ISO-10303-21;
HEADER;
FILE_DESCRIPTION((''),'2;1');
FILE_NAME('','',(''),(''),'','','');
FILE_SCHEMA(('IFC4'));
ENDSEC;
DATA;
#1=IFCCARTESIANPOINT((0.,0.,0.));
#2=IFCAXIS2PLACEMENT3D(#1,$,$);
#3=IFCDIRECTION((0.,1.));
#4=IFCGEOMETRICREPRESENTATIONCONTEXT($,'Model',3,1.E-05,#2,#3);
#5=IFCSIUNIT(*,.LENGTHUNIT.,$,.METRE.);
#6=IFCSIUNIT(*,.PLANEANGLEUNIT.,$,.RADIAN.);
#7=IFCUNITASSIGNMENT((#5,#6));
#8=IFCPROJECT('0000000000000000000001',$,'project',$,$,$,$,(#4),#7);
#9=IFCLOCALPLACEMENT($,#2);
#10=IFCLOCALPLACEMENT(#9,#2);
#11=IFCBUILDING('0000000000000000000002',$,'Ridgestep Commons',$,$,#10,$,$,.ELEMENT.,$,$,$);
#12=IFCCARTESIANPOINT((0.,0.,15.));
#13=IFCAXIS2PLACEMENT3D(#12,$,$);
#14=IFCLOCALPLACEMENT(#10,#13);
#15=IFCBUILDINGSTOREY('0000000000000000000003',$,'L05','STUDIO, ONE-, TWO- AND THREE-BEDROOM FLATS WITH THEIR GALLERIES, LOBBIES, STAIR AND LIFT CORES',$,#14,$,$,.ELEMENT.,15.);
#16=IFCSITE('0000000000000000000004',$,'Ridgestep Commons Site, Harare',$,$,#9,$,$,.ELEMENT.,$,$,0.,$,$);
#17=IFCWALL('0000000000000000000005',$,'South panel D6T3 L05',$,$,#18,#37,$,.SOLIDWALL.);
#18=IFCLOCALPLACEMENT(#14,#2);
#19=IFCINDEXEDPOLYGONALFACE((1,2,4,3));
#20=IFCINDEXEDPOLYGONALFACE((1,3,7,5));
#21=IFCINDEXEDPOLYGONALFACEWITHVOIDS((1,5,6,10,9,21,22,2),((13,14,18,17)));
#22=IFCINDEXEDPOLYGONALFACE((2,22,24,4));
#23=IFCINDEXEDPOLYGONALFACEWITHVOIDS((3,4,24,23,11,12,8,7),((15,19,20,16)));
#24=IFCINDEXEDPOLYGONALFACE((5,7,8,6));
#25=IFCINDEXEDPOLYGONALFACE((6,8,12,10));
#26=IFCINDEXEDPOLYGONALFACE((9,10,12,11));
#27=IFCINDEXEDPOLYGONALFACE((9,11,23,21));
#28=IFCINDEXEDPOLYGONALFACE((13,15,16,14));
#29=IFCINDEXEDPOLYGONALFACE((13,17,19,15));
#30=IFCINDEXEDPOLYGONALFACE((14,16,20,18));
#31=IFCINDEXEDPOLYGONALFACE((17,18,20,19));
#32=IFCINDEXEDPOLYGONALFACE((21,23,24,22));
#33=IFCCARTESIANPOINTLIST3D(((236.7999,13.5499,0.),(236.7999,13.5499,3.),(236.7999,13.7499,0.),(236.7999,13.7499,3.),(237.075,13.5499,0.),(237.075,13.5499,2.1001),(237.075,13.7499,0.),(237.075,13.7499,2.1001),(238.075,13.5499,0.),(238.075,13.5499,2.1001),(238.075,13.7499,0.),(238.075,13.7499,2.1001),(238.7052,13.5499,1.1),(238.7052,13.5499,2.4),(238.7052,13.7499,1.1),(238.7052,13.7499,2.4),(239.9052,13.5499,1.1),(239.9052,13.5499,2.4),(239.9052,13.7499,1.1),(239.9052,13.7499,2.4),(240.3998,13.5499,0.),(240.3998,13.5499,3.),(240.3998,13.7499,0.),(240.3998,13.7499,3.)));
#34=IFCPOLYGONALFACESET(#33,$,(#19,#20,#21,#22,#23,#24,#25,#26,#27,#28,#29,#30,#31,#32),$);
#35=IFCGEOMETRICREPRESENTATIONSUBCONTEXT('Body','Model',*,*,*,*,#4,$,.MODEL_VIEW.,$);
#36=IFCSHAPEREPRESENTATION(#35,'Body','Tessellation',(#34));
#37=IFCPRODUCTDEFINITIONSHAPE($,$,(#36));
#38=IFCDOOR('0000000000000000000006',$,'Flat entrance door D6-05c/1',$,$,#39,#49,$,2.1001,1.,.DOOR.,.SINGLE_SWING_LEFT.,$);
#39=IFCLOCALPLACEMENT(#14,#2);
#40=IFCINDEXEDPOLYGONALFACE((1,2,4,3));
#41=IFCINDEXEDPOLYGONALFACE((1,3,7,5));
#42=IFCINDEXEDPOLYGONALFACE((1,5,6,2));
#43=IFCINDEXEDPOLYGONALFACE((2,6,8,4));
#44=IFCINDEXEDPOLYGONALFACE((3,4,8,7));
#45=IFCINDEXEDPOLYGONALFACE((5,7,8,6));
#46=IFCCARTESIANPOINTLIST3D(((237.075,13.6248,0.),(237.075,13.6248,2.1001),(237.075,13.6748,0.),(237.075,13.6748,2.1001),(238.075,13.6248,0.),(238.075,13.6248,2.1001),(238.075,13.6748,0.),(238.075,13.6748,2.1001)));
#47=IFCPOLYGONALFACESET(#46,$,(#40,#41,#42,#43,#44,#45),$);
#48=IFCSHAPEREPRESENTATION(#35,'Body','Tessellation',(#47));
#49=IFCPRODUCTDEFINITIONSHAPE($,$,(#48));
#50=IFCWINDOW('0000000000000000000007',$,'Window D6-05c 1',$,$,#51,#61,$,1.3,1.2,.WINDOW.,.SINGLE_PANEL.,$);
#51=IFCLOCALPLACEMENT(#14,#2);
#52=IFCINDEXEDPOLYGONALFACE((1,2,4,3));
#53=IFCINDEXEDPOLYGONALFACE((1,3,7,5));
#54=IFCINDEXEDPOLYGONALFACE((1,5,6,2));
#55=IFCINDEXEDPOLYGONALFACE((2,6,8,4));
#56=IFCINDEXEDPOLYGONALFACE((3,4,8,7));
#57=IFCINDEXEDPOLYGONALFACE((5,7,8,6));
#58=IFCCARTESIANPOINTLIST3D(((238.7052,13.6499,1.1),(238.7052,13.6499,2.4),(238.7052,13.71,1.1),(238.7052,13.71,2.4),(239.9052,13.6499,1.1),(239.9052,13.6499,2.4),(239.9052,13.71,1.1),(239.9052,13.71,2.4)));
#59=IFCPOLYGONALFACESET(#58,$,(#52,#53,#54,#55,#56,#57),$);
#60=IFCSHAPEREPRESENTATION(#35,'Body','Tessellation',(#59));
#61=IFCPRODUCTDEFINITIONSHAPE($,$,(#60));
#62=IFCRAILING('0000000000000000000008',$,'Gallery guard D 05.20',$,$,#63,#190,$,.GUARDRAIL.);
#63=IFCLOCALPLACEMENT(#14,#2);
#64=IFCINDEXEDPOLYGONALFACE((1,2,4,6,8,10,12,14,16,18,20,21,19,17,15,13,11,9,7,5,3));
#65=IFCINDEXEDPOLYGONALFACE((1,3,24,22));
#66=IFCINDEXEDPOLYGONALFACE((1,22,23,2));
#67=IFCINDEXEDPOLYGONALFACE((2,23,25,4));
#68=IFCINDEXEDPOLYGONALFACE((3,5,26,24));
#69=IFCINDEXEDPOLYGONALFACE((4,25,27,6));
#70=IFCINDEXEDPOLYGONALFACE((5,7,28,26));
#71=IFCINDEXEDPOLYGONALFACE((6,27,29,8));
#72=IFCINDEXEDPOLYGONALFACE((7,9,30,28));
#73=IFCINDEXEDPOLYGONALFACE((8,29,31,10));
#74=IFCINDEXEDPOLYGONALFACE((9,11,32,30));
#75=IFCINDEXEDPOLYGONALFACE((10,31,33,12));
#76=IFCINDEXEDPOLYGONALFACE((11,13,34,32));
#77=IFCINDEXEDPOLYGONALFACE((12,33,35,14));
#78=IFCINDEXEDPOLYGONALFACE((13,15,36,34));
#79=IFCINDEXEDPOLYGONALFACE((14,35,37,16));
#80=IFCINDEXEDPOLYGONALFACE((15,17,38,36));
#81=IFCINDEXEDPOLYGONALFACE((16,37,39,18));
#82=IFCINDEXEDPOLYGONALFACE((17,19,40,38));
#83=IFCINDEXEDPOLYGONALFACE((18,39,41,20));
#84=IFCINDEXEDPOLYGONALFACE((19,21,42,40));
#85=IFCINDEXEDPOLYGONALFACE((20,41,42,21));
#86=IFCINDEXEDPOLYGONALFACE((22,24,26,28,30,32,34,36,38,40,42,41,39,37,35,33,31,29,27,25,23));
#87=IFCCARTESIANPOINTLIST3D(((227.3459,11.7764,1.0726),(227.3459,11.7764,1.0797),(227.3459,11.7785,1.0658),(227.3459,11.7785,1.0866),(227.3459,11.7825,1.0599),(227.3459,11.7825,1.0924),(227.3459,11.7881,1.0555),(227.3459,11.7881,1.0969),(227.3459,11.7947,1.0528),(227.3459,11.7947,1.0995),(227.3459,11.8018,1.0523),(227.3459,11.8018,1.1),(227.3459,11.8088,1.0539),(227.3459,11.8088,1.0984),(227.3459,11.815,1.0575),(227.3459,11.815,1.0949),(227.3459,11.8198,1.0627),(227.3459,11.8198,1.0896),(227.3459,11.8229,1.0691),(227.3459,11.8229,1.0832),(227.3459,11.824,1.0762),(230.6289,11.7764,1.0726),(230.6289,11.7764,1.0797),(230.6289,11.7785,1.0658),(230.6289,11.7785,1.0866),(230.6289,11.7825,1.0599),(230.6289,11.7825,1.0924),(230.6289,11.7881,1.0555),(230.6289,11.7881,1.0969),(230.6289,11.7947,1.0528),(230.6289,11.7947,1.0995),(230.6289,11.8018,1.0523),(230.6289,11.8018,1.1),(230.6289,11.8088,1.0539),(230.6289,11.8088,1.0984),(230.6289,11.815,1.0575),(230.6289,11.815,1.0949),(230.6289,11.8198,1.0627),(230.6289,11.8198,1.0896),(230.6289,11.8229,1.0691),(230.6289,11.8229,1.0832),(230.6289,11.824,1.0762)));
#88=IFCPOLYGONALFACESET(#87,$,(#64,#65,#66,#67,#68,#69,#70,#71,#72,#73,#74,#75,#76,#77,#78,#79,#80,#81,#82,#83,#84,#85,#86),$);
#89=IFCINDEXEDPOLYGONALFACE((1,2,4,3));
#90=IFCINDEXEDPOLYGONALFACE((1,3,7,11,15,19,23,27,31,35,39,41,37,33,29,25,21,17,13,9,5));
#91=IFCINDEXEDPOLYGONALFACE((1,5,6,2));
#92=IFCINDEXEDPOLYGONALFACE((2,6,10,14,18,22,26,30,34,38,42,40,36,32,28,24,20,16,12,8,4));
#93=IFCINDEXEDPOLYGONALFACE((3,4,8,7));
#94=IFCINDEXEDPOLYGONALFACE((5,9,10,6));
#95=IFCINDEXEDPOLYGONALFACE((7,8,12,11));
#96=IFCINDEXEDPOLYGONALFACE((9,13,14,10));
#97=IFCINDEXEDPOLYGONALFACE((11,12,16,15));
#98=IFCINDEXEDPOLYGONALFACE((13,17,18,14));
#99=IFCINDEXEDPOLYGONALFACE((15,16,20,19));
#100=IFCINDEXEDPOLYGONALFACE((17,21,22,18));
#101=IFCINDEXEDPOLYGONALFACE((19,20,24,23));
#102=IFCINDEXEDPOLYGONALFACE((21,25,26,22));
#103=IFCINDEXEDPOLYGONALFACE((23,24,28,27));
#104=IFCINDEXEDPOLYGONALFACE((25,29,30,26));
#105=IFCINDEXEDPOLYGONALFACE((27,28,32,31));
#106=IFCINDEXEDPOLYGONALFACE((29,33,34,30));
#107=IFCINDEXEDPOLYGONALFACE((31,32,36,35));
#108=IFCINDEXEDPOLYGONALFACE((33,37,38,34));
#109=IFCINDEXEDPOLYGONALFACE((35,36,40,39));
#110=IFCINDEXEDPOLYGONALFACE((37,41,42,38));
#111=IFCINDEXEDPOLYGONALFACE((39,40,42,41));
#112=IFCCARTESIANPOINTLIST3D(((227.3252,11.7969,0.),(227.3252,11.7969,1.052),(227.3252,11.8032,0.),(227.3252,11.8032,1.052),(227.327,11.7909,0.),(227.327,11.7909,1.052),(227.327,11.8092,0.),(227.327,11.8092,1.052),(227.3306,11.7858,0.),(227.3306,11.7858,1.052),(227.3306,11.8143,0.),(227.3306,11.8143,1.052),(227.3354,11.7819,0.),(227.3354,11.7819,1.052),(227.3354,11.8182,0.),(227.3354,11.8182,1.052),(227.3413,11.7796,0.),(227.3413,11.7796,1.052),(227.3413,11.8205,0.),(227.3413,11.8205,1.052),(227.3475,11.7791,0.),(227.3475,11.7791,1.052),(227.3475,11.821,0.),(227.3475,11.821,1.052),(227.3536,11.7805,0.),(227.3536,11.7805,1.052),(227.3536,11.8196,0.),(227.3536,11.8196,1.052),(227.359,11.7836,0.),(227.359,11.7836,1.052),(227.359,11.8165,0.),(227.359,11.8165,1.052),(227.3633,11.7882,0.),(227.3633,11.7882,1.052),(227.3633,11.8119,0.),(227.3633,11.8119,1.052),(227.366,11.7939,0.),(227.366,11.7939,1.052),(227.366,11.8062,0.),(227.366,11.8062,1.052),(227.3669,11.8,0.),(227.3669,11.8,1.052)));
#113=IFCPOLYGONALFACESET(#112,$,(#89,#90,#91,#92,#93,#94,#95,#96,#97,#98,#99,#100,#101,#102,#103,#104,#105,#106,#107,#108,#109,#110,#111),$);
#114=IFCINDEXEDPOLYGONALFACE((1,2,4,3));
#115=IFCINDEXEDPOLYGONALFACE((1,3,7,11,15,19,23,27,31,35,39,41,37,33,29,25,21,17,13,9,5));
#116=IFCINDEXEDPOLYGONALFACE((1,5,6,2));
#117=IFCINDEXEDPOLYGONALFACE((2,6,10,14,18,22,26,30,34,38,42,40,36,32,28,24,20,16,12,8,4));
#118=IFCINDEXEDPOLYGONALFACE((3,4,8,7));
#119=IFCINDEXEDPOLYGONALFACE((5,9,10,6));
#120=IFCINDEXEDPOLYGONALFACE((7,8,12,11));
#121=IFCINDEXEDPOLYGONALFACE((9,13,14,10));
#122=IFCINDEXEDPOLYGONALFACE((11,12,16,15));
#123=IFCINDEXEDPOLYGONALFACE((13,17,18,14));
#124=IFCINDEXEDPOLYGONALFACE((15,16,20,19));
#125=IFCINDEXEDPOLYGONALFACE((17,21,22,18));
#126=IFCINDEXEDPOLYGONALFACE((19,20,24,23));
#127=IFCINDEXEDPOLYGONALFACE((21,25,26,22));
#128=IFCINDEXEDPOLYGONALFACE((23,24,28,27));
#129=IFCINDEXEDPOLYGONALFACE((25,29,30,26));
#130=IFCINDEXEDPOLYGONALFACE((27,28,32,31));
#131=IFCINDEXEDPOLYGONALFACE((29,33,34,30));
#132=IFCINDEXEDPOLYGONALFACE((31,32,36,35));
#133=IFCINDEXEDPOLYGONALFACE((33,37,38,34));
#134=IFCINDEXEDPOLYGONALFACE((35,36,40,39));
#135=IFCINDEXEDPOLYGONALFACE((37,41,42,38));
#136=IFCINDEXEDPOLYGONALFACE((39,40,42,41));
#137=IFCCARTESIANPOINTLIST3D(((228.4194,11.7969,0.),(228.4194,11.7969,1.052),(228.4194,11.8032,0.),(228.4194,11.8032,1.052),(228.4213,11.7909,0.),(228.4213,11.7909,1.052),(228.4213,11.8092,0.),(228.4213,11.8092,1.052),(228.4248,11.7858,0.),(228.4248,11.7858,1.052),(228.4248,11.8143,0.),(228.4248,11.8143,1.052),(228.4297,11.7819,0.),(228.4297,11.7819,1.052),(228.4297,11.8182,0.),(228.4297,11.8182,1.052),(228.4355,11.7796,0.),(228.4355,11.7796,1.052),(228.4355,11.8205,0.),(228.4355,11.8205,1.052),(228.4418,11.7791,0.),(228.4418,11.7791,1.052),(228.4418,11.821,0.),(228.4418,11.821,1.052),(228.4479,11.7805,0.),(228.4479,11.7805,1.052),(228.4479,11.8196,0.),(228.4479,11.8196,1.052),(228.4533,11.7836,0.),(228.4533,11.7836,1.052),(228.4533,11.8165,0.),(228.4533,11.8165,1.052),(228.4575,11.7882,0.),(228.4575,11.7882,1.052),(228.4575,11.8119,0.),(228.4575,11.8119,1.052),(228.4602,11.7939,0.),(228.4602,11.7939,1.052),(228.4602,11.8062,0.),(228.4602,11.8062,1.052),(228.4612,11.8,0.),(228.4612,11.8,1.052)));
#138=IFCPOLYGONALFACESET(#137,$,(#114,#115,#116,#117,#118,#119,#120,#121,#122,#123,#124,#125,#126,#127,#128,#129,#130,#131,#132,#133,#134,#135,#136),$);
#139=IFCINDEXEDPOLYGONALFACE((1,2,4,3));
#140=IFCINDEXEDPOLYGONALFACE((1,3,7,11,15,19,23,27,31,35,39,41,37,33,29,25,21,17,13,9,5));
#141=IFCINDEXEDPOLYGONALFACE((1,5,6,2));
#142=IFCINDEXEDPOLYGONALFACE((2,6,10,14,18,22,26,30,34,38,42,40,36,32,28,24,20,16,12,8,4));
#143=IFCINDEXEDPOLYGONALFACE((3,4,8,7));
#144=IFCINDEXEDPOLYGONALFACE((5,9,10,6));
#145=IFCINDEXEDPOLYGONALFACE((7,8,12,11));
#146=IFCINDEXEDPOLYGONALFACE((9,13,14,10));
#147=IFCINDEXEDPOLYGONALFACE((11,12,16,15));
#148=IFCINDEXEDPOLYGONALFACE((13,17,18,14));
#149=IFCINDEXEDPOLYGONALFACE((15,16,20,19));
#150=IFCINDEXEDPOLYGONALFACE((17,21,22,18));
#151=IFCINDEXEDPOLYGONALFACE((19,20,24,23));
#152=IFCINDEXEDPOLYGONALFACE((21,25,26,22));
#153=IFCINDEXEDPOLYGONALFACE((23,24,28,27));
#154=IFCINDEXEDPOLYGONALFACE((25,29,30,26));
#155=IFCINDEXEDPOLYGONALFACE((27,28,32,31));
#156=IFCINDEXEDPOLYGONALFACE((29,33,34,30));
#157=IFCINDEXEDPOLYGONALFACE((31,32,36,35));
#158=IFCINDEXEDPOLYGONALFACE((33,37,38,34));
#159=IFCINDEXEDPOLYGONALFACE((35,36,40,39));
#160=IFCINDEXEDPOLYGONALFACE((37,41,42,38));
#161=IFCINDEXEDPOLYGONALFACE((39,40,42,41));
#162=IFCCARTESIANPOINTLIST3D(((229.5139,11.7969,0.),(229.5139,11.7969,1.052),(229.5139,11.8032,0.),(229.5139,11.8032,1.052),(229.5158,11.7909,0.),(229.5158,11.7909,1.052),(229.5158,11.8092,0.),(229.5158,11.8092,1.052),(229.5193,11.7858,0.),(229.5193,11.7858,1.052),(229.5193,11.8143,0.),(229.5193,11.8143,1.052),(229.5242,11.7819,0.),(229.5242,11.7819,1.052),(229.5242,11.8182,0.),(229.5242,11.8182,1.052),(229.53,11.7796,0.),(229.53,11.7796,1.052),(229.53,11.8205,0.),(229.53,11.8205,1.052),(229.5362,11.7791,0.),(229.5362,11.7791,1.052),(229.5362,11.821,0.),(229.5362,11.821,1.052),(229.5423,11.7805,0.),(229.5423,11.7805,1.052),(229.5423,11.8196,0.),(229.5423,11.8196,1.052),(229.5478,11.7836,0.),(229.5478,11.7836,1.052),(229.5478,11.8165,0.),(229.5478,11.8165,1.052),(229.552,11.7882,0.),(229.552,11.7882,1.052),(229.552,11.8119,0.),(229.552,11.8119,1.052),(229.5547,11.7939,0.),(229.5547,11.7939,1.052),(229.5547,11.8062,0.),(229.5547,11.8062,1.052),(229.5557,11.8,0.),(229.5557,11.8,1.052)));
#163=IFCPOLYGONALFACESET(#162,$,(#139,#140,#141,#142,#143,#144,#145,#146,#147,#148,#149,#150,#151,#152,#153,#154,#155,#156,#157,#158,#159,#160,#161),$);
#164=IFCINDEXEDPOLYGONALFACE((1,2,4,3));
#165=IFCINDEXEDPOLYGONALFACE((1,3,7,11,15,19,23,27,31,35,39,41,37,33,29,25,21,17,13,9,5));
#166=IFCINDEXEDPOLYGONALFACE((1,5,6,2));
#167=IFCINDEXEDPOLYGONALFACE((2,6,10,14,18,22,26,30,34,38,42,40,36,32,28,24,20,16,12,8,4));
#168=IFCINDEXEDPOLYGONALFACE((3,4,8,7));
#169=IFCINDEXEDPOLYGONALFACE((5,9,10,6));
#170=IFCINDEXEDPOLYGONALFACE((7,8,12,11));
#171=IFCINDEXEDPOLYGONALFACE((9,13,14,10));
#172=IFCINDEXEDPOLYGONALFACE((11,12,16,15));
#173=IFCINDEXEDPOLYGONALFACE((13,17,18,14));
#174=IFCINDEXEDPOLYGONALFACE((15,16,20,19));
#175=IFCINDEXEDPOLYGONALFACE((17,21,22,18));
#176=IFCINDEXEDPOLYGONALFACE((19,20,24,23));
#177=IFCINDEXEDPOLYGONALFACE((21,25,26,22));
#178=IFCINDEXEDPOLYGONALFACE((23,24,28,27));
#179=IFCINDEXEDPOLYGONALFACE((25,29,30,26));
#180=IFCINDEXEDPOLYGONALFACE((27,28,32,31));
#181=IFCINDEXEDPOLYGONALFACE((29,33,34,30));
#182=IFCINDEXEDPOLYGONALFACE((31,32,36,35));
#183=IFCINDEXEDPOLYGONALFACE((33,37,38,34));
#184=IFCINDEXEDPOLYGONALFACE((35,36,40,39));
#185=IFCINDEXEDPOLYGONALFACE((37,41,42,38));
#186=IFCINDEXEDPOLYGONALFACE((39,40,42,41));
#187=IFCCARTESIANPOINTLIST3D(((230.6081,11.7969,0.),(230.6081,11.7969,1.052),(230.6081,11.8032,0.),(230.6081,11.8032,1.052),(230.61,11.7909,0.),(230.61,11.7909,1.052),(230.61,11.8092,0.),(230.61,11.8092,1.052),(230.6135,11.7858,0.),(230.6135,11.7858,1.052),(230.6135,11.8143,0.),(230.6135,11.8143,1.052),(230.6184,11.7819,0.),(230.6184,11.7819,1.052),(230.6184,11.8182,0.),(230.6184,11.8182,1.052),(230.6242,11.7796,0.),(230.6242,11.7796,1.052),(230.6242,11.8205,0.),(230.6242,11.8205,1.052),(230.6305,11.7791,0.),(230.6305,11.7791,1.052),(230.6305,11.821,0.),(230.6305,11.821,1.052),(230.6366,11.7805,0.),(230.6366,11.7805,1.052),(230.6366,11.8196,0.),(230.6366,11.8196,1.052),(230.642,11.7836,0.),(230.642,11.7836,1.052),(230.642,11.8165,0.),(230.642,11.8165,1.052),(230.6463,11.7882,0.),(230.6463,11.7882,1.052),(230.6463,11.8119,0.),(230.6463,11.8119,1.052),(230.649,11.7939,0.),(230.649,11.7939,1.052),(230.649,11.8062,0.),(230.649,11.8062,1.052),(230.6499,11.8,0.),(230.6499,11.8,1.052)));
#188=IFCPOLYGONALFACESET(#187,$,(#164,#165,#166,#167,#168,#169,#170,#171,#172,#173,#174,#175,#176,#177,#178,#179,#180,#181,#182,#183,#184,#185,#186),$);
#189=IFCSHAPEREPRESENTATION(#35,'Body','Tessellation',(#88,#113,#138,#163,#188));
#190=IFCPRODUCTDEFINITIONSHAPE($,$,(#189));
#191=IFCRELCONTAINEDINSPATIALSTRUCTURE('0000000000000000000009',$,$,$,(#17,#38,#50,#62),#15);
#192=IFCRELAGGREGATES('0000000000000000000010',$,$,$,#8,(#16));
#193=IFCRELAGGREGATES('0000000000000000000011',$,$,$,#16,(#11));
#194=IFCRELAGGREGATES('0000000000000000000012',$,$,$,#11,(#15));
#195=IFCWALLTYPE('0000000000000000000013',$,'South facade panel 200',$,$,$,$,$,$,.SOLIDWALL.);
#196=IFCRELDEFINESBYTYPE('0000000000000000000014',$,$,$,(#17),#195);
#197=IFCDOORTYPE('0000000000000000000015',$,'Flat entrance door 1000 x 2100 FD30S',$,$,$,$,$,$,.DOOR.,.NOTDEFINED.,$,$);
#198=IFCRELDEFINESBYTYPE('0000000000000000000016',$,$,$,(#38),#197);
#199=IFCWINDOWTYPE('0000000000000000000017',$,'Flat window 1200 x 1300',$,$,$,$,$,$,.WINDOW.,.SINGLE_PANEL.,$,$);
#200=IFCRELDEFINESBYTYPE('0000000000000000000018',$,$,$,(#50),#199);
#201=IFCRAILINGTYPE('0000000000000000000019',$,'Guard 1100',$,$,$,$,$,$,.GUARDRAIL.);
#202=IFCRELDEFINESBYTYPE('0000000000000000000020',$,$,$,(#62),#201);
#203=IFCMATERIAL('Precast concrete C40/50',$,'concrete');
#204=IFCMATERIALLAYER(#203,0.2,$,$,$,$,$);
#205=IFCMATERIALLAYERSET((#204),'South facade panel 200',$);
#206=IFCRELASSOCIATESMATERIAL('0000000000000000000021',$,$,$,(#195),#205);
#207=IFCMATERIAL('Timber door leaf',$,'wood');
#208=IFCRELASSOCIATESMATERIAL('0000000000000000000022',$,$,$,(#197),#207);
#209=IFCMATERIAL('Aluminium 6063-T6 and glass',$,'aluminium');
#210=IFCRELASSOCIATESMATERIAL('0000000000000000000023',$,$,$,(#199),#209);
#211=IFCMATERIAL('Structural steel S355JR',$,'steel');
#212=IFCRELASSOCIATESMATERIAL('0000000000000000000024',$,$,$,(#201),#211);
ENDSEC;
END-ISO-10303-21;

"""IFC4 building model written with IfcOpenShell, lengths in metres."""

from ifc_helpers import new_model, si_unit, direction, frame, frame_2d, origin, origin_2d, place, context, subcontext, project, spatial, rectangle, circle, extrude, material, layer, layer_set, type_object, element, fill, save


model = new_model("IFC4")

# Units and contexts
model_context = context("Model", 3, precision=1e-05, world=origin(), true_north=direction((0.0, 1.0)))
body_context = subcontext(model_context, "Body", "Model", "MODEL_VIEW")
ifc_project = project(units=[si_unit("LENGTHUNIT", "METRE"), si_unit("PLANEANGLEUNIT", "RADIAN")], contexts=[model_context])

# Site, building, storey
site_placement = place(None, origin())
site = spatial("IfcSite", under=ifc_project, at=site_placement, Name="Ridgestep Commons Site, Harare", CompositionType="ELEMENT", RefElevation=0.0)
building_placement = place(site_placement, origin())
building = spatial("IfcBuilding", under=site, at=building_placement, Name="Ridgestep Commons", CompositionType="ELEMENT")
storey_placement = place(building_placement, frame((0.0, 0.0, 15.0)))
storey = spatial("IfcBuildingStorey", under=building, at=storey_placement, Name="L05", Description="STUDIO, ONE-, TWO- AND THREE-BEDROOM FLATS WITH THEIR GALLERIES, LOBBIES, STAIR AND LIFT CORES", CompositionType="ELEMENT", Elevation=15.0)

# Wall, openings, door, window
ifc_material_1 = material(Name="Precast concrete C40/50", Category="concrete")
ifc_layer_1 = layer(ifc_material_1, 0.2)
ifc_layer_set_1 = layer_set([ifc_layer_1], Name="South facade panel 200")
wall_type_1 = type_object("IfcWallType", Name="South facade panel 200", PredefinedType="SOLIDWALL", material=ifc_layer_set_1)
ifc_material_2 = material(Name="Timber door leaf", Category="wood")
door_type_1 = type_object("IfcDoorType", Name="Flat entrance door 1000 x 2100 FD30S", OperationType="NOTDEFINED", PredefinedType="DOOR", material=ifc_material_2)
ifc_material_3 = material(Name="Aluminium 6063-T6 and glass", Category="aluminium")
window_type = type_object("IfcWindowType", Name="Flat window 1200 x 1300", PartitioningType="SINGLE_PANEL", PredefinedType="WINDOW", material=ifc_material_3)
wall_1_placement = place(storey_placement, frame((236.8, 13.6499, 0.0), z_axis=(0.0, 0.0, 1.0), x_axis=(1.0, 0.0, 0.0)))
wall_1 = element("IfcWall", 1, at=wall_1_placement, inside=storey, type_object=wall_type_1, Name="South panel D6T3 L05", PredefinedType="SOLIDWALL", context=body_context, shape_type="SweptSolid", body=[
    extrude(rectangle(XDim=3.5999, YDim=0.2, at=frame_2d((1.7998, 0.0))), origin(), (0.0, 0.0, 1.0), 3.0),
])
opening_1_placement = place(wall_1_placement, frame((1.905, 0.0, 1.1001)))
opening_1 = element("IfcOpeningElement", 2, at=opening_1_placement, cuts=wall_1, PredefinedType="OPENING", context=body_context, shape_type="SweptSolid", body=[
    extrude(rectangle(XDim=1.2, YDim=1.3, at=frame_2d((0.6001, 0.6499))), frame((0.0, 0.1099, 0.0), z_axis=(0.0, -1.0, 0.0), x_axis=(1.0, 0.0, 0.0)), (0.0, 0.0, 1.0), 0.22),
])
opening_2_placement = place(wall_1_placement, frame((0.2749, 0.0, 0.0)))
opening_2 = element("IfcOpeningElement", 3, at=opening_2_placement, cuts=wall_1, PredefinedType="OPENING", context=body_context, shape_type="SweptSolid", body=[
    extrude(rectangle(XDim=1.0, YDim=2.1001, at=frame_2d((0.5, 1.05))), frame((0.0, 0.1099, 0.0), z_axis=(0.0, -1.0, 0.0), x_axis=(1.0, 0.0, 0.0)), (0.0, 0.0, 1.0), 0.22),
])
door_1_placement = place(opening_2_placement, origin())
door_1 = element("IfcDoor", 4, at=door_1_placement, inside=storey, type_object=door_type_1, Name="Flat entrance door D6-05c/1", OperationType="SINGLE_SWING_LEFT", OverallHeight=2.1001, OverallWidth=1.0, PredefinedType="DOOR", context=body_context, shape_type="SweptSolid", body=[
    extrude(rectangle(XDim=1.0, YDim=2.1001, at=frame_2d((0.5, 1.05))), frame((0.0, 0.0249, 0.0), z_axis=(0.0, -1.0, 0.0), x_axis=(1.0, 0.0, 0.0)), (0.0, 0.0, 1.0), 0.05),
])
fill(opening_2, door_1)
window_1_placement = place(opening_1_placement, origin())
window_1 = element("IfcWindow", 5, at=window_1_placement, inside=storey, type_object=window_type, Name="Window D6-05c 1", OverallHeight=1.3, OverallWidth=1.2, PartitioningType="SINGLE_PANEL", PredefinedType="WINDOW", context=body_context, shape_type="SweptSolid", body=[
    extrude(rectangle(XDim=1.2, YDim=1.3, at=frame_2d((0.6001, 0.6499))), frame((0.0, 0.0601, 0.0), z_axis=(0.0, -1.0, 0.0), x_axis=(1.0, 0.0, 0.0)), (0.0, 0.0, 1.0), 0.0601),
])
fill(opening_1, window_1)

# Railing
ifc_material_4 = material(Name="Structural steel S355JR", Category="steel")
railing_type = type_object("IfcRailingType", Name="Guard 1100", PredefinedType="GUARDRAIL", material=ifc_material_4)
railing_1_placement = place(storey_placement, frame((227.3459, 11.8, 0.0)))
element("IfcRailing", 6, at=railing_1_placement, inside=storey, type_object=railing_type, Name="Gallery guard D 05.20", PredefinedType="GUARDRAIL", context=body_context, shape_type="SweptSolid", body=[
    extrude(circle(Radius=0.0239, at=origin_2d()), frame((0.0, 0.0, 1.0762), z_axis=(1.0, 0.0, 0.0), x_axis=(0.0, 1.0, 0.0)), (0.0, 0.0, 1.0), 3.283),
    extrude(circle(Radius=0.021, at=origin_2d()), origin(), (0.0, 0.0, 1.0), 1.052),
    extrude(circle(Radius=0.021, at=origin_2d()), frame((1.0942, 0.0, 0.0)), (0.0, 0.0, 1.0), 1.052),
    extrude(circle(Radius=0.021, at=origin_2d()), frame((2.1887, 0.0, 0.0)), (0.0, 0.0, 1.0), 1.052),
    extrude(circle(Radius=0.021, at=origin_2d()), frame((3.283, 0.0, 0.0)), (0.0, 0.0, 1.0), 1.052),
])

save(model, "model.ifc")
